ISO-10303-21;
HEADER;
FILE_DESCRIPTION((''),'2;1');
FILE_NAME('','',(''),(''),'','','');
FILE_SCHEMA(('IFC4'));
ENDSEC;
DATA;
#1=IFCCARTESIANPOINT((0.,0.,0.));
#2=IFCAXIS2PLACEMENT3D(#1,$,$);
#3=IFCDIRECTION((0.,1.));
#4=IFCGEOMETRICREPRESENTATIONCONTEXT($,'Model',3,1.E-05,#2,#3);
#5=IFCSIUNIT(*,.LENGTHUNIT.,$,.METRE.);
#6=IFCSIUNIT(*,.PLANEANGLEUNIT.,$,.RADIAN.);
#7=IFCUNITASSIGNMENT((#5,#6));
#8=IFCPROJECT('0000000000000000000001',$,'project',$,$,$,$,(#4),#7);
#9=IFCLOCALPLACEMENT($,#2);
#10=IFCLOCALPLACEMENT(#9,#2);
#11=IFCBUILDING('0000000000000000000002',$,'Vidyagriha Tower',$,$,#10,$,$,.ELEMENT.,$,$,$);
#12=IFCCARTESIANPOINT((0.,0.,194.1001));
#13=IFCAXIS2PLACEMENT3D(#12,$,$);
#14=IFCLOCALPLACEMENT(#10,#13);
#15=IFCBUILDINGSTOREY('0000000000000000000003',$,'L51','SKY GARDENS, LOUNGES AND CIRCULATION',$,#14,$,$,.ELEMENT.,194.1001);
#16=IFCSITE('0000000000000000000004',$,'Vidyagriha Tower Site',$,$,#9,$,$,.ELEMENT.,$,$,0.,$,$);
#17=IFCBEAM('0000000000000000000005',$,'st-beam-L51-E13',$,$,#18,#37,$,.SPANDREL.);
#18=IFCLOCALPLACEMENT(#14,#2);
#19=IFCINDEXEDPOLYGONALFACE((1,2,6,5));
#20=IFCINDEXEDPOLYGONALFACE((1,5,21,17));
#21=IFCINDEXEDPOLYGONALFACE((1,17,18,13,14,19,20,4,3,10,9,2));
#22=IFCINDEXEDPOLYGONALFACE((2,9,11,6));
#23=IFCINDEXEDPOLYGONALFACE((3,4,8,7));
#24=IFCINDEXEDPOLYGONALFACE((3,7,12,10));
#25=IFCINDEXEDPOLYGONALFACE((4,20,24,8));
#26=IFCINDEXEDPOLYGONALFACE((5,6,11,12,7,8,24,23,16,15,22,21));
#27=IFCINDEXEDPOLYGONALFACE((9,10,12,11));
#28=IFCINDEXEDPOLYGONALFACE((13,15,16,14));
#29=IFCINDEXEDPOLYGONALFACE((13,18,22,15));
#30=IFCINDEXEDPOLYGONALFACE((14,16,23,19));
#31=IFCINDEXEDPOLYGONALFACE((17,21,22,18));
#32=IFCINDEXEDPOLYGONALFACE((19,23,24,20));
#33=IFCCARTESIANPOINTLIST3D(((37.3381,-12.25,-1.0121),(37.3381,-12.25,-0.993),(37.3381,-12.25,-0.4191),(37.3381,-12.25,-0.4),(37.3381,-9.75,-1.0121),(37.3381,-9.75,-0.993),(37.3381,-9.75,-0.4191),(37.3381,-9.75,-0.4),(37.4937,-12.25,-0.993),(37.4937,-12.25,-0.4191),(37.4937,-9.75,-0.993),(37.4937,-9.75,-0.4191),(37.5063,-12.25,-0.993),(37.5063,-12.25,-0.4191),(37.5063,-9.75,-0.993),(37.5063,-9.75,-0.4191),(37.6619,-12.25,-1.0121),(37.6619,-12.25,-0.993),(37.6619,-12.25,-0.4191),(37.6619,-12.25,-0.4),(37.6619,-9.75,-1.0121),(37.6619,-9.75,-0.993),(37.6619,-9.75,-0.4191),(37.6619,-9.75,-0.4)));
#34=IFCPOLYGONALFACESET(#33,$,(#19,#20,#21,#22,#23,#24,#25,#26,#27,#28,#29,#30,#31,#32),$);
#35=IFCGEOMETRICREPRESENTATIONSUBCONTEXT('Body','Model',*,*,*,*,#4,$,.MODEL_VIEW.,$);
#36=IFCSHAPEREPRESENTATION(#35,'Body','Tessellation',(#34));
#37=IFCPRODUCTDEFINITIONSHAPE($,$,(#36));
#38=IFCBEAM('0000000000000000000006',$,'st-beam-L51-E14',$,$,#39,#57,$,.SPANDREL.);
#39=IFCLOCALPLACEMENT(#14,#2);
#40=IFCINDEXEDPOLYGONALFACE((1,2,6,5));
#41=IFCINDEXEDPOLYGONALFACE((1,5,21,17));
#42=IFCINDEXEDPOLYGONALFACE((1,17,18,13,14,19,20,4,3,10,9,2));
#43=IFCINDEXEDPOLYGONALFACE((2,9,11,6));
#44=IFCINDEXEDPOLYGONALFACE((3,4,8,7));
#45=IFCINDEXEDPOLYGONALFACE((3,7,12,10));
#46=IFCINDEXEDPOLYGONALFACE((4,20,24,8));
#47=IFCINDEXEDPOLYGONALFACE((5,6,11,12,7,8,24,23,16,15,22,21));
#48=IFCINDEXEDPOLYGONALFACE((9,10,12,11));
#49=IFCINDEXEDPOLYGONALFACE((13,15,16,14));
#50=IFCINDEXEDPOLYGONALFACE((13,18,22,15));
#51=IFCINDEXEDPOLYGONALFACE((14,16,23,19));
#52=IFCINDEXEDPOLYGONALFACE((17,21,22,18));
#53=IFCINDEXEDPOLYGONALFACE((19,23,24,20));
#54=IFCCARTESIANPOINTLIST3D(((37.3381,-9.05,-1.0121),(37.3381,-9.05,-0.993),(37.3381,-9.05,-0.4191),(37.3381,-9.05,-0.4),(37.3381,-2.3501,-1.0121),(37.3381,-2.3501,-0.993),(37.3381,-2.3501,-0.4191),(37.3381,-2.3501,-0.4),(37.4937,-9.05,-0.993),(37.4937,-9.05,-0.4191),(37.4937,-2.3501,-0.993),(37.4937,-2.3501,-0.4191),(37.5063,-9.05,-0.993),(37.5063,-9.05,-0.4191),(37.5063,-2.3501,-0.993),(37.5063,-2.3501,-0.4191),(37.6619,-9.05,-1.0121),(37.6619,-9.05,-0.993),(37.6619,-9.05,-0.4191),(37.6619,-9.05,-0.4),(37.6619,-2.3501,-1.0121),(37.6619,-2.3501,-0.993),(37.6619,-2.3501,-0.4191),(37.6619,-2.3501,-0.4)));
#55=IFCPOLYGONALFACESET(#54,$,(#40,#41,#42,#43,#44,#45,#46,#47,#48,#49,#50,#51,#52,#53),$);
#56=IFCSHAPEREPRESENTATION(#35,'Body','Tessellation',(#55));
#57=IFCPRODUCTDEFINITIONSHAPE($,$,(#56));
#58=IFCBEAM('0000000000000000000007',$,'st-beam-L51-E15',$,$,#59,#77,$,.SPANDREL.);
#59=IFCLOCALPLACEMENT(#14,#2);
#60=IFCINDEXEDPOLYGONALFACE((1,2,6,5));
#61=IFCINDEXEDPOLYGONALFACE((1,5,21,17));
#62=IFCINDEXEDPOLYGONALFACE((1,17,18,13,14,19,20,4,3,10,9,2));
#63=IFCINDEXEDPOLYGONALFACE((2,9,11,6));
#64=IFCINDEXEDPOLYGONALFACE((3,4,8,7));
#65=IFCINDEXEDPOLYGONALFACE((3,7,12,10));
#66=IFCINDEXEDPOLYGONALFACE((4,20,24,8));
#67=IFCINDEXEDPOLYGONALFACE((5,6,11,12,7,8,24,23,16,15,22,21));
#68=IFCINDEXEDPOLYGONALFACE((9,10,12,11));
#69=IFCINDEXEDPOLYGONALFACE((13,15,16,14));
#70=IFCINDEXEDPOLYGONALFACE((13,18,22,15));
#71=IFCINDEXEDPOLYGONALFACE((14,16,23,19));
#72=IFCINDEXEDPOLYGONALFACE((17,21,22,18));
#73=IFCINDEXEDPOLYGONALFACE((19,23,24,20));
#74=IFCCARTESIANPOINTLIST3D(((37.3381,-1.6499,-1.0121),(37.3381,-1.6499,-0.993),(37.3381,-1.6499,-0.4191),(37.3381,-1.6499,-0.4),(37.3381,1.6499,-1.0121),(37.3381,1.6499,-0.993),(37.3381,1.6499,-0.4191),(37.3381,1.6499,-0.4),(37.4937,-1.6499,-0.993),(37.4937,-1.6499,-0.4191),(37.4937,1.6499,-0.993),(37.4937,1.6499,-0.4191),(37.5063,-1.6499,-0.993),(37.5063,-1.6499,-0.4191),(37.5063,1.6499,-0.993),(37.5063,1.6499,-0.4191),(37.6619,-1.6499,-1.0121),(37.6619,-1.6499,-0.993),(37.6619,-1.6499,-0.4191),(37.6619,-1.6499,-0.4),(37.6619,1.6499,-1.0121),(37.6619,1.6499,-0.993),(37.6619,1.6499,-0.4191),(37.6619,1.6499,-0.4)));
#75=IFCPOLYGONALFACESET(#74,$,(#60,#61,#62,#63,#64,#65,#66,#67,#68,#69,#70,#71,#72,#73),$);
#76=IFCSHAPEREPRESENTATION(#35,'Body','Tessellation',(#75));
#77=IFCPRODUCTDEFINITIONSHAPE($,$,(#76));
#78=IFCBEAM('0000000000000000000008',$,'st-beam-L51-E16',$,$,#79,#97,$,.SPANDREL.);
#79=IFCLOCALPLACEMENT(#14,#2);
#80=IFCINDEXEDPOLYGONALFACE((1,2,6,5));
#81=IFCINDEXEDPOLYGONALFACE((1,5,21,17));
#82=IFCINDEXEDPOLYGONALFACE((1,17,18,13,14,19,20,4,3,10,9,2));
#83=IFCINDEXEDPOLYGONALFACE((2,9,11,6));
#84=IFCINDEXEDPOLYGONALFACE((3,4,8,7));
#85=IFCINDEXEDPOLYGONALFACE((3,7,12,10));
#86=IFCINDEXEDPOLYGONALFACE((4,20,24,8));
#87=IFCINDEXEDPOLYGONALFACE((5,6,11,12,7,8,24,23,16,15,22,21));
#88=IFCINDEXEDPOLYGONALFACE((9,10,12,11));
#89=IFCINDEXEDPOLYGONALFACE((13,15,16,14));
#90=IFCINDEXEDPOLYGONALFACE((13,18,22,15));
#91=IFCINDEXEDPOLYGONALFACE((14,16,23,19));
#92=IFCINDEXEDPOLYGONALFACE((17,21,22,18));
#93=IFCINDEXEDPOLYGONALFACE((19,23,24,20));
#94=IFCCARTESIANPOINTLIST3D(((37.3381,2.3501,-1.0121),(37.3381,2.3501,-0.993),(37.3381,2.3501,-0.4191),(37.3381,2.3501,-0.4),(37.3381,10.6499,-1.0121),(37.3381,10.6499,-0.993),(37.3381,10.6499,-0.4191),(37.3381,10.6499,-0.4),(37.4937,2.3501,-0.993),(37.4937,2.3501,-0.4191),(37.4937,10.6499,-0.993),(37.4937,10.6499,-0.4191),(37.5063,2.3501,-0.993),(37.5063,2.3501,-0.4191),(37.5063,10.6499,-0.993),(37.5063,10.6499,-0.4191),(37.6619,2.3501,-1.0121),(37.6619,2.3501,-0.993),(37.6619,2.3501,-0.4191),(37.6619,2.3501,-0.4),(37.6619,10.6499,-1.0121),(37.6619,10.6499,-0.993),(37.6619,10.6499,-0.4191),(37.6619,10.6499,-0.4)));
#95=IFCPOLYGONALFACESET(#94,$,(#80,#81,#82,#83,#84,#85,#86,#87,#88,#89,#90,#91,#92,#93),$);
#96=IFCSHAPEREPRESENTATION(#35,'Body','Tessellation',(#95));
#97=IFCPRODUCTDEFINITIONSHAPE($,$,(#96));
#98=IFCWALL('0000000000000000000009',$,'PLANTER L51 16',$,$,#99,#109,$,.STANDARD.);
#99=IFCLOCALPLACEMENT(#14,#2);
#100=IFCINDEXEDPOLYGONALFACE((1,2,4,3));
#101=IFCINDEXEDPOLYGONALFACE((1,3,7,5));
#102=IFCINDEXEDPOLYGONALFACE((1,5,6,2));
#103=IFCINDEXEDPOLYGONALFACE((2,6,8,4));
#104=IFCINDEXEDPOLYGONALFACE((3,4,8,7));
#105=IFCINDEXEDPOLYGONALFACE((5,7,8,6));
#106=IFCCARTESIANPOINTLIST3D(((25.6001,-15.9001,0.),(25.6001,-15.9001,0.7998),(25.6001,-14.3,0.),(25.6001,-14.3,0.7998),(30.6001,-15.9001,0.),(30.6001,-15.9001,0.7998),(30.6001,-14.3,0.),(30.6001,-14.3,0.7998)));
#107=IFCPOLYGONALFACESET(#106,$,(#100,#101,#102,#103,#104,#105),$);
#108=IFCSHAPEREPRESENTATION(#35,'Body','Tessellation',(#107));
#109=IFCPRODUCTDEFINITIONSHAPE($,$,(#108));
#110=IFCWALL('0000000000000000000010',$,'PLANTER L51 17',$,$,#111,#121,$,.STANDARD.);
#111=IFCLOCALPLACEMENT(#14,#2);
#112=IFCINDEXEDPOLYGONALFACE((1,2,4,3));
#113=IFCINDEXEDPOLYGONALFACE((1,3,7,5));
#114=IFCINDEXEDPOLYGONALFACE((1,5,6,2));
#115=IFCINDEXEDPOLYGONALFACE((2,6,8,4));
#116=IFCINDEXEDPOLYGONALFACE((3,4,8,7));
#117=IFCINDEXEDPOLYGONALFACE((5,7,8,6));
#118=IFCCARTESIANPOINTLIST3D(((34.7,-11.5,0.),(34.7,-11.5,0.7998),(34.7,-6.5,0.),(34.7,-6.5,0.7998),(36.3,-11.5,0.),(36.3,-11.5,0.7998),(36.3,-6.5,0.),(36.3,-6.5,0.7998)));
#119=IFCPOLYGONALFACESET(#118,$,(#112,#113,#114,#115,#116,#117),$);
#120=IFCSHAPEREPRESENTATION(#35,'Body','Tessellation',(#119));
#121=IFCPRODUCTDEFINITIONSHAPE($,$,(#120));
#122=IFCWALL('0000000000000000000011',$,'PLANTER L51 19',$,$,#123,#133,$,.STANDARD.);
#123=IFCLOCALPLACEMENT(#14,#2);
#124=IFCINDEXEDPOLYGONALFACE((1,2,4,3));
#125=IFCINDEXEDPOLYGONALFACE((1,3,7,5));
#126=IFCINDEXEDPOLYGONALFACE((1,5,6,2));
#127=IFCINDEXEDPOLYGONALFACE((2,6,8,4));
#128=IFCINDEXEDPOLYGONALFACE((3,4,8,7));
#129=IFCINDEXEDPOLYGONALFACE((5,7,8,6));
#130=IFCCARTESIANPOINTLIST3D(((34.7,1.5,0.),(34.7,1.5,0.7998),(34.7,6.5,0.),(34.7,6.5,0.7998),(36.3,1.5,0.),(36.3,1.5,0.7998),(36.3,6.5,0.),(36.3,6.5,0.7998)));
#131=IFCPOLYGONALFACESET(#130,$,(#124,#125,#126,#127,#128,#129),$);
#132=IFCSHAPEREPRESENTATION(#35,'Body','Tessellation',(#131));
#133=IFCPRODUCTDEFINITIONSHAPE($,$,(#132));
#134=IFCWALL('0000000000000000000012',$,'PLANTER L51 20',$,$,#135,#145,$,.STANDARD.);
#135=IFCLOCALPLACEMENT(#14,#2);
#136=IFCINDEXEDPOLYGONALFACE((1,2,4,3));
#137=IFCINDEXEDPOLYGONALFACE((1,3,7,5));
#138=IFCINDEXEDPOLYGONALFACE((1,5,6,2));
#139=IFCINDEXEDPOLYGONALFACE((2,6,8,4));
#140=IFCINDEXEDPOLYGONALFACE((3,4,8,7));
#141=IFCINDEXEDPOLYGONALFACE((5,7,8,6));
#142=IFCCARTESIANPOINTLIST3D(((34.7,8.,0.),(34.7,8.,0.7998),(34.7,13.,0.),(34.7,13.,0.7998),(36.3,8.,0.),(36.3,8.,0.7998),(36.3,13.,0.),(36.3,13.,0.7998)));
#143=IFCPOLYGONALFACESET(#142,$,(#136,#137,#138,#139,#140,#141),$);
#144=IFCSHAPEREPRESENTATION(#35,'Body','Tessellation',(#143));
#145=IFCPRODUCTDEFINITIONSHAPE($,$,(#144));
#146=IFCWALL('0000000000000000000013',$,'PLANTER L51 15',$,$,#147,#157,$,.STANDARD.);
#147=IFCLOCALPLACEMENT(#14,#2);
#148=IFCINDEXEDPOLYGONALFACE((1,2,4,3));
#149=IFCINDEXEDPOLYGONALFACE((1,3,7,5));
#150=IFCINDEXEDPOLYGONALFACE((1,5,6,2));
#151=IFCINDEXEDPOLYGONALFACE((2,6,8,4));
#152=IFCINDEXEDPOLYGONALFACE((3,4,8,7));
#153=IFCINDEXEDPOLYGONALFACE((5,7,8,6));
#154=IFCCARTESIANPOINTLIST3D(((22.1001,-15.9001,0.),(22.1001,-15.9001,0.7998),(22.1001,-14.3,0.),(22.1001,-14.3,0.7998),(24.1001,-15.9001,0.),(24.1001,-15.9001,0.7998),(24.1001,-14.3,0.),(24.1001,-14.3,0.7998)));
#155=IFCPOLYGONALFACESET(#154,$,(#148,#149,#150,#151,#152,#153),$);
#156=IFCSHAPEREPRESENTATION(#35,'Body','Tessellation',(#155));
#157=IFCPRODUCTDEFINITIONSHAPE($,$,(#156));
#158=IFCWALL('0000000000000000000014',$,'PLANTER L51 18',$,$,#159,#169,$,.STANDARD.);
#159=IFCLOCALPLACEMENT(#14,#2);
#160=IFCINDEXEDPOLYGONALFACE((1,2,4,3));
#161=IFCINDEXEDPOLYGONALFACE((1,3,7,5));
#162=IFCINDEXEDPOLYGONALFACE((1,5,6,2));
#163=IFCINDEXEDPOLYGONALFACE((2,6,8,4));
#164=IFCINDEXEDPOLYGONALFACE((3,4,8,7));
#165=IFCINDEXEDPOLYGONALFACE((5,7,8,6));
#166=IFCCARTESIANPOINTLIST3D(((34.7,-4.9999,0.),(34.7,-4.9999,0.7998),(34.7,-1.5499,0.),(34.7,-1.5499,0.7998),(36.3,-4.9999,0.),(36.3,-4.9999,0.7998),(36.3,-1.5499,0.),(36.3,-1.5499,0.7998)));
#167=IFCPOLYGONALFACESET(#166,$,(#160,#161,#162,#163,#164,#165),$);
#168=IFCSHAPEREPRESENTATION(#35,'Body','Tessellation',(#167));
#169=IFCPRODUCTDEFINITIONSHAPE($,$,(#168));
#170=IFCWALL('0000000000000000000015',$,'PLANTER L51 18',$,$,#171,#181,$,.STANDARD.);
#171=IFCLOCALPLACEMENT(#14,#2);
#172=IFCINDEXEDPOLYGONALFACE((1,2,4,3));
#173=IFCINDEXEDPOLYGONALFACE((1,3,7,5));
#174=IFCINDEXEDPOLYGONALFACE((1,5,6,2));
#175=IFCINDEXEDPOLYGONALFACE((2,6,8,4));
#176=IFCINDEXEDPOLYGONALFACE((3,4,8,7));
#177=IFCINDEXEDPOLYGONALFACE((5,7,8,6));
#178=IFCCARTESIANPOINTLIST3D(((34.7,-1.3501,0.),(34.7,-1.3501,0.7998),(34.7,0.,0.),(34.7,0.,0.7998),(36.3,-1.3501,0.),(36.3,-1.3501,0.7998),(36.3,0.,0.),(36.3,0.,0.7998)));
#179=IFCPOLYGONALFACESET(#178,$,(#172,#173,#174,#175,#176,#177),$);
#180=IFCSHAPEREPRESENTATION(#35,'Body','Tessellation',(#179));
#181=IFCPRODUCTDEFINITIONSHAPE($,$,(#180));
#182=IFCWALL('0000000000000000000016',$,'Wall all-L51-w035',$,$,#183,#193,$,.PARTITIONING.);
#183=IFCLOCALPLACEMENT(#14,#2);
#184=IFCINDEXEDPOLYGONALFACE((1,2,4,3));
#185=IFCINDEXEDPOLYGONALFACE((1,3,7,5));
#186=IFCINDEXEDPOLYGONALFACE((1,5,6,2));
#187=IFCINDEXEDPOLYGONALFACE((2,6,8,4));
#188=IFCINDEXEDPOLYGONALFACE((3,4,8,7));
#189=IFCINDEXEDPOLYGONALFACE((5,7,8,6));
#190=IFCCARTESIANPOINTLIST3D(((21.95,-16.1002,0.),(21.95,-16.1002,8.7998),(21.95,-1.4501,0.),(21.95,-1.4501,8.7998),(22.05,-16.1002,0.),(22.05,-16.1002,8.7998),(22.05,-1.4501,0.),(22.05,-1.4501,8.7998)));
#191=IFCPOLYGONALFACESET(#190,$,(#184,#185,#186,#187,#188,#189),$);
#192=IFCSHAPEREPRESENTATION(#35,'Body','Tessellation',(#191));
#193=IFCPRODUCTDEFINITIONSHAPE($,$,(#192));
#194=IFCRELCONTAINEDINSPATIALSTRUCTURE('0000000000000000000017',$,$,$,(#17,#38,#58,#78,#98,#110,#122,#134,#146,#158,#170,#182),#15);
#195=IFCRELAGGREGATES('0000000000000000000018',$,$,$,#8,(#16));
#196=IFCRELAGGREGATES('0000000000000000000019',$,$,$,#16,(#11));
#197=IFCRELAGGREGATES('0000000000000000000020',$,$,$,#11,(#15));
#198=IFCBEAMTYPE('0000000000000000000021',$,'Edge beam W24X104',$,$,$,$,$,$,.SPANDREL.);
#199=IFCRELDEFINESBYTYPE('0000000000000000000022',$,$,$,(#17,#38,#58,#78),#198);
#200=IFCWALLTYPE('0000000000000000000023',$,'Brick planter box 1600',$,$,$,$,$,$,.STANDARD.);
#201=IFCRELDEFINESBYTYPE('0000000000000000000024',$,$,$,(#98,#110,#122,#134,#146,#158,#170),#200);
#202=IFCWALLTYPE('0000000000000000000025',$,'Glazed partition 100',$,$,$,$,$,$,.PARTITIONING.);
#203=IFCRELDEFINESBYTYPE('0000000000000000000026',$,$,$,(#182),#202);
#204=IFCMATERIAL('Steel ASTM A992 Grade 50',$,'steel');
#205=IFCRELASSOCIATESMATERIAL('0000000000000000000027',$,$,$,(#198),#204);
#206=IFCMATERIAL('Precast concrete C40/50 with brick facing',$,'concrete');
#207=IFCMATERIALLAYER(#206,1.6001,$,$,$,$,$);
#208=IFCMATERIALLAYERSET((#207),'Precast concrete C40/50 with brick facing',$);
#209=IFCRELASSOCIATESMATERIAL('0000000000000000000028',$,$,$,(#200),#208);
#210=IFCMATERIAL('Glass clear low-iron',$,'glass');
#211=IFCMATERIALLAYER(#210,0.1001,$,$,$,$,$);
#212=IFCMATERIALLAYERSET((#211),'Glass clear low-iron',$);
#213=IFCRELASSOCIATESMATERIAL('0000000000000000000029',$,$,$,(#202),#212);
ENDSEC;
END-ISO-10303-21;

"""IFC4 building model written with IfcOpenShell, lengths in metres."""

from ifc_helpers import new_model, si_unit, direction, frame, frame_2d, origin, origin_2d, place, context, subcontext, project, spatial, rectangle, i_section, extrude, material, layer, layer_set, material_profile, profile_set, type_object, element, save


model = new_model("IFC4")

# Units and contexts
model_context = context("Model", 3, precision=1e-05, world=origin(), true_north=direction((0.0, 1.0)))
body_context = subcontext(model_context, "Body", "Model", "MODEL_VIEW")
ifc_project = project(units=[si_unit("LENGTHUNIT", "METRE"), si_unit("PLANEANGLEUNIT", "RADIAN")], contexts=[model_context])

# Site, building, storey
site_placement = place(None, origin())
site = spatial("IfcSite", under=ifc_project, at=site_placement, Name="Vidyagriha Tower Site", CompositionType="ELEMENT", RefElevation=0.0)
building_placement = place(site_placement, origin())
building = spatial("IfcBuilding", under=site, at=building_placement, Name="Vidyagriha Tower", CompositionType="ELEMENT")
storey_placement = place(building_placement, frame((0.0, 0.0, 194.1001)))
storey = spatial("IfcBuildingStorey", under=building, at=storey_placement, Name="L51", Description="SKY GARDENS, LOUNGES AND CIRCULATION", CompositionType="ELEMENT", Elevation=194.1001)

# Beams
ifc_material_1 = material(Name="Steel ASTM A992 Grade 50", Category="steel")
ifc_material_profile_1 = material_profile(ifc_material_1, i_section(OverallWidth=0.3237, OverallDepth=0.6121, WebThickness=0.0127, FlangeThickness=0.019, at=origin_2d()), Name="W24X104")
ifc_profile_set_1 = profile_set([ifc_material_profile_1], Name="Steel ASTM A992 Grade 50")
beam_type = type_object("IfcBeamType", Name="Edge beam W24X104", PredefinedType="SPANDREL", material=ifc_profile_set_1)
beam_1_placement = place(storey_placement, frame((37.5, -12.25, -0.7061), z_axis=(0.0, 1.0, 0.0), x_axis=(-1.0, 0.0, 0.0)))
element("IfcBeam", 1, at=beam_1_placement, inside=storey, type_object=beam_type, Name="st-beam-L51-E13", PredefinedType="SPANDREL", context=body_context, shape_type="SweptSolid", body=[
    extrude(i_section(OverallWidth=0.3237, OverallDepth=0.6121, WebThickness=0.0127, FlangeThickness=0.019, at=origin_2d()), origin(), (0.0, 0.0, 1.0), 2.5),
])
beam_2_placement = place(storey_placement, frame((37.5, -9.05, -0.7061), z_axis=(0.0, 1.0, 0.0), x_axis=(-1.0, 0.0, 0.0)))
element("IfcBeam", 2, at=beam_2_placement, inside=storey, type_object=beam_type, Name="st-beam-L51-E14", PredefinedType="SPANDREL", context=body_context, shape_type="SweptSolid", body=[
    extrude(i_section(OverallWidth=0.3237, OverallDepth=0.6121, WebThickness=0.0127, FlangeThickness=0.019, at=origin_2d()), origin(), (0.0, 0.0, 1.0), 6.7),
])
beam_3_placement = place(storey_placement, frame((37.5, -1.6499, -0.7061), z_axis=(0.0, 1.0, 0.0), x_axis=(-1.0, 0.0, 0.0)))
element("IfcBeam", 3, at=beam_3_placement, inside=storey, type_object=beam_type, Name="st-beam-L51-E15", PredefinedType="SPANDREL", context=body_context, shape_type="SweptSolid", body=[
    extrude(i_section(OverallWidth=0.3237, OverallDepth=0.6121, WebThickness=0.0127, FlangeThickness=0.019, at=origin_2d()), origin(), (0.0, 0.0, 1.0), 3.2998),
])
beam_4_placement = place(storey_placement, frame((37.5, 2.3501, -0.7061), z_axis=(0.0, 1.0, 0.0), x_axis=(-1.0, 0.0, 0.0)))
element("IfcBeam", 4, at=beam_4_placement, inside=storey, type_object=beam_type, Name="st-beam-L51-E16", PredefinedType="SPANDREL", context=body_context, shape_type="SweptSolid", body=[
    extrude(i_section(OverallWidth=0.3237, OverallDepth=0.6121, WebThickness=0.0127, FlangeThickness=0.019, at=origin_2d()), origin(), (0.0, 0.0, 1.0), 8.2998),
])

# Walls
ifc_material_2 = material(Name="Precast concrete C40/50 with brick facing", Category="concrete")
ifc_layer_1 = layer(ifc_material_2, 1.6001)
ifc_layer_set_1 = layer_set([ifc_layer_1], Name="Precast concrete C40/50 with brick facing")
wall_type_1 = type_object("IfcWallType", Name="Brick planter box 1600", PredefinedType="STANDARD", material=ifc_layer_set_1)
wall_1_placement = place(storey_placement, frame((25.6001, -15.1001, 0.0)))
element("IfcWall", 5, at=wall_1_placement, inside=storey, type_object=wall_type_1, Name="PLANTER L51 16", PredefinedType="STANDARD", context=body_context, shape_type="SweptSolid", body=[
    extrude(rectangle(XDim=5.0, YDim=1.6001, at=frame_2d((2.5, 0.0))), origin(), (0.0, 0.0, 1.0), 0.7998),
])
for number, where, z_axis, x_axis, name in (
    (6, (35.5, -11.5, 0.0), (0.0, 0.0, 1.0), (0.0, 1.0, 0.0), "PLANTER L51 17"),
    (7, (35.5, 1.5, 0.0), (0.0, 0.0, 1.0), (0.0, 1.0, 0.0), "PLANTER L51 19"),
    (8, (35.5, 8.0, 0.0), (0.0, 0.0, 1.0), (0.0, 1.0, 0.0), "PLANTER L51 20"),
):
    element("IfcWall", number, at=place(storey_placement, frame(where, z_axis=z_axis, x_axis=x_axis)), inside=storey, type_object=wall_type_1, Name=name, PredefinedType="STANDARD", context=body_context, shape_type="SweptSolid", body=[
        extrude(rectangle(XDim=5.0, YDim=1.6001, at=frame_2d((2.5, 0.0))), origin(), (0.0, 0.0, 1.0), 0.7998),
    ])
wall_2_placement = place(storey_placement, frame((22.1001, -15.1001, 0.0)))
element("IfcWall", 9, at=wall_2_placement, inside=storey, type_object=wall_type_1, Name="PLANTER L51 15", PredefinedType="STANDARD", context=body_context, shape_type="SweptSolid", body=[
    extrude(rectangle(XDim=2.0, YDim=1.6001, at=frame_2d((1.0, 0.0))), origin(), (0.0, 0.0, 1.0), 0.7998),
])
wall_3_placement = place(storey_placement, frame((35.5, -5.0, 0.0), z_axis=(0.0, 0.0, 1.0), x_axis=(0.0, 1.0, 0.0)))
element("IfcWall", 10, at=wall_3_placement, inside=storey, type_object=wall_type_1, Name="PLANTER L51 18", PredefinedType="STANDARD", context=body_context, shape_type="SweptSolid", body=[
    extrude(rectangle(XDim=3.45, YDim=1.6001, at=frame_2d((1.7251, 0.0))), origin(), (0.0, 0.0, 1.0), 0.7998),
])
wall_4_placement = place(storey_placement, frame((35.5, -1.3501, 0.0), z_axis=(0.0, 0.0, 1.0), x_axis=(0.0, 1.0, 0.0)))
element("IfcWall", 11, at=wall_4_placement, inside=storey, type_object=wall_type_1, Name="PLANTER L51 18", PredefinedType="STANDARD", context=body_context, shape_type="SweptSolid", body=[
    extrude(rectangle(XDim=1.3501, YDim=1.6001, at=frame_2d((0.675, 0.0))), origin(), (0.0, 0.0, 1.0), 0.7998),
])
ifc_material_3 = material(Name="Glass clear low-iron", Category="glass")
ifc_layer_2 = layer(ifc_material_3, 0.1001)
ifc_layer_set_2 = layer_set([ifc_layer_2], Name="Glass clear low-iron")
wall_type_2 = type_object("IfcWallType", Name="Glazed partition 100", PredefinedType="PARTITIONING", material=ifc_layer_set_2)
wall_5_placement = place(storey_placement, frame((22.0, -1.45, 0.0), z_axis=(0.0, 0.0, 1.0), x_axis=(0.0, -1.0, 0.0)))
element("IfcWall", 12, at=wall_5_placement, inside=storey, type_object=wall_type_2, Name="Wall all-L51-w035", PredefinedType="PARTITIONING", context=body_context, shape_type="SweptSolid", body=[
    extrude(rectangle(XDim=14.6501, YDim=0.1001, at=frame_2d((7.3252, 0.0))), origin(), (0.0, 0.0, 1.0), 8.7998),
])

save(model, "model.ifc")
